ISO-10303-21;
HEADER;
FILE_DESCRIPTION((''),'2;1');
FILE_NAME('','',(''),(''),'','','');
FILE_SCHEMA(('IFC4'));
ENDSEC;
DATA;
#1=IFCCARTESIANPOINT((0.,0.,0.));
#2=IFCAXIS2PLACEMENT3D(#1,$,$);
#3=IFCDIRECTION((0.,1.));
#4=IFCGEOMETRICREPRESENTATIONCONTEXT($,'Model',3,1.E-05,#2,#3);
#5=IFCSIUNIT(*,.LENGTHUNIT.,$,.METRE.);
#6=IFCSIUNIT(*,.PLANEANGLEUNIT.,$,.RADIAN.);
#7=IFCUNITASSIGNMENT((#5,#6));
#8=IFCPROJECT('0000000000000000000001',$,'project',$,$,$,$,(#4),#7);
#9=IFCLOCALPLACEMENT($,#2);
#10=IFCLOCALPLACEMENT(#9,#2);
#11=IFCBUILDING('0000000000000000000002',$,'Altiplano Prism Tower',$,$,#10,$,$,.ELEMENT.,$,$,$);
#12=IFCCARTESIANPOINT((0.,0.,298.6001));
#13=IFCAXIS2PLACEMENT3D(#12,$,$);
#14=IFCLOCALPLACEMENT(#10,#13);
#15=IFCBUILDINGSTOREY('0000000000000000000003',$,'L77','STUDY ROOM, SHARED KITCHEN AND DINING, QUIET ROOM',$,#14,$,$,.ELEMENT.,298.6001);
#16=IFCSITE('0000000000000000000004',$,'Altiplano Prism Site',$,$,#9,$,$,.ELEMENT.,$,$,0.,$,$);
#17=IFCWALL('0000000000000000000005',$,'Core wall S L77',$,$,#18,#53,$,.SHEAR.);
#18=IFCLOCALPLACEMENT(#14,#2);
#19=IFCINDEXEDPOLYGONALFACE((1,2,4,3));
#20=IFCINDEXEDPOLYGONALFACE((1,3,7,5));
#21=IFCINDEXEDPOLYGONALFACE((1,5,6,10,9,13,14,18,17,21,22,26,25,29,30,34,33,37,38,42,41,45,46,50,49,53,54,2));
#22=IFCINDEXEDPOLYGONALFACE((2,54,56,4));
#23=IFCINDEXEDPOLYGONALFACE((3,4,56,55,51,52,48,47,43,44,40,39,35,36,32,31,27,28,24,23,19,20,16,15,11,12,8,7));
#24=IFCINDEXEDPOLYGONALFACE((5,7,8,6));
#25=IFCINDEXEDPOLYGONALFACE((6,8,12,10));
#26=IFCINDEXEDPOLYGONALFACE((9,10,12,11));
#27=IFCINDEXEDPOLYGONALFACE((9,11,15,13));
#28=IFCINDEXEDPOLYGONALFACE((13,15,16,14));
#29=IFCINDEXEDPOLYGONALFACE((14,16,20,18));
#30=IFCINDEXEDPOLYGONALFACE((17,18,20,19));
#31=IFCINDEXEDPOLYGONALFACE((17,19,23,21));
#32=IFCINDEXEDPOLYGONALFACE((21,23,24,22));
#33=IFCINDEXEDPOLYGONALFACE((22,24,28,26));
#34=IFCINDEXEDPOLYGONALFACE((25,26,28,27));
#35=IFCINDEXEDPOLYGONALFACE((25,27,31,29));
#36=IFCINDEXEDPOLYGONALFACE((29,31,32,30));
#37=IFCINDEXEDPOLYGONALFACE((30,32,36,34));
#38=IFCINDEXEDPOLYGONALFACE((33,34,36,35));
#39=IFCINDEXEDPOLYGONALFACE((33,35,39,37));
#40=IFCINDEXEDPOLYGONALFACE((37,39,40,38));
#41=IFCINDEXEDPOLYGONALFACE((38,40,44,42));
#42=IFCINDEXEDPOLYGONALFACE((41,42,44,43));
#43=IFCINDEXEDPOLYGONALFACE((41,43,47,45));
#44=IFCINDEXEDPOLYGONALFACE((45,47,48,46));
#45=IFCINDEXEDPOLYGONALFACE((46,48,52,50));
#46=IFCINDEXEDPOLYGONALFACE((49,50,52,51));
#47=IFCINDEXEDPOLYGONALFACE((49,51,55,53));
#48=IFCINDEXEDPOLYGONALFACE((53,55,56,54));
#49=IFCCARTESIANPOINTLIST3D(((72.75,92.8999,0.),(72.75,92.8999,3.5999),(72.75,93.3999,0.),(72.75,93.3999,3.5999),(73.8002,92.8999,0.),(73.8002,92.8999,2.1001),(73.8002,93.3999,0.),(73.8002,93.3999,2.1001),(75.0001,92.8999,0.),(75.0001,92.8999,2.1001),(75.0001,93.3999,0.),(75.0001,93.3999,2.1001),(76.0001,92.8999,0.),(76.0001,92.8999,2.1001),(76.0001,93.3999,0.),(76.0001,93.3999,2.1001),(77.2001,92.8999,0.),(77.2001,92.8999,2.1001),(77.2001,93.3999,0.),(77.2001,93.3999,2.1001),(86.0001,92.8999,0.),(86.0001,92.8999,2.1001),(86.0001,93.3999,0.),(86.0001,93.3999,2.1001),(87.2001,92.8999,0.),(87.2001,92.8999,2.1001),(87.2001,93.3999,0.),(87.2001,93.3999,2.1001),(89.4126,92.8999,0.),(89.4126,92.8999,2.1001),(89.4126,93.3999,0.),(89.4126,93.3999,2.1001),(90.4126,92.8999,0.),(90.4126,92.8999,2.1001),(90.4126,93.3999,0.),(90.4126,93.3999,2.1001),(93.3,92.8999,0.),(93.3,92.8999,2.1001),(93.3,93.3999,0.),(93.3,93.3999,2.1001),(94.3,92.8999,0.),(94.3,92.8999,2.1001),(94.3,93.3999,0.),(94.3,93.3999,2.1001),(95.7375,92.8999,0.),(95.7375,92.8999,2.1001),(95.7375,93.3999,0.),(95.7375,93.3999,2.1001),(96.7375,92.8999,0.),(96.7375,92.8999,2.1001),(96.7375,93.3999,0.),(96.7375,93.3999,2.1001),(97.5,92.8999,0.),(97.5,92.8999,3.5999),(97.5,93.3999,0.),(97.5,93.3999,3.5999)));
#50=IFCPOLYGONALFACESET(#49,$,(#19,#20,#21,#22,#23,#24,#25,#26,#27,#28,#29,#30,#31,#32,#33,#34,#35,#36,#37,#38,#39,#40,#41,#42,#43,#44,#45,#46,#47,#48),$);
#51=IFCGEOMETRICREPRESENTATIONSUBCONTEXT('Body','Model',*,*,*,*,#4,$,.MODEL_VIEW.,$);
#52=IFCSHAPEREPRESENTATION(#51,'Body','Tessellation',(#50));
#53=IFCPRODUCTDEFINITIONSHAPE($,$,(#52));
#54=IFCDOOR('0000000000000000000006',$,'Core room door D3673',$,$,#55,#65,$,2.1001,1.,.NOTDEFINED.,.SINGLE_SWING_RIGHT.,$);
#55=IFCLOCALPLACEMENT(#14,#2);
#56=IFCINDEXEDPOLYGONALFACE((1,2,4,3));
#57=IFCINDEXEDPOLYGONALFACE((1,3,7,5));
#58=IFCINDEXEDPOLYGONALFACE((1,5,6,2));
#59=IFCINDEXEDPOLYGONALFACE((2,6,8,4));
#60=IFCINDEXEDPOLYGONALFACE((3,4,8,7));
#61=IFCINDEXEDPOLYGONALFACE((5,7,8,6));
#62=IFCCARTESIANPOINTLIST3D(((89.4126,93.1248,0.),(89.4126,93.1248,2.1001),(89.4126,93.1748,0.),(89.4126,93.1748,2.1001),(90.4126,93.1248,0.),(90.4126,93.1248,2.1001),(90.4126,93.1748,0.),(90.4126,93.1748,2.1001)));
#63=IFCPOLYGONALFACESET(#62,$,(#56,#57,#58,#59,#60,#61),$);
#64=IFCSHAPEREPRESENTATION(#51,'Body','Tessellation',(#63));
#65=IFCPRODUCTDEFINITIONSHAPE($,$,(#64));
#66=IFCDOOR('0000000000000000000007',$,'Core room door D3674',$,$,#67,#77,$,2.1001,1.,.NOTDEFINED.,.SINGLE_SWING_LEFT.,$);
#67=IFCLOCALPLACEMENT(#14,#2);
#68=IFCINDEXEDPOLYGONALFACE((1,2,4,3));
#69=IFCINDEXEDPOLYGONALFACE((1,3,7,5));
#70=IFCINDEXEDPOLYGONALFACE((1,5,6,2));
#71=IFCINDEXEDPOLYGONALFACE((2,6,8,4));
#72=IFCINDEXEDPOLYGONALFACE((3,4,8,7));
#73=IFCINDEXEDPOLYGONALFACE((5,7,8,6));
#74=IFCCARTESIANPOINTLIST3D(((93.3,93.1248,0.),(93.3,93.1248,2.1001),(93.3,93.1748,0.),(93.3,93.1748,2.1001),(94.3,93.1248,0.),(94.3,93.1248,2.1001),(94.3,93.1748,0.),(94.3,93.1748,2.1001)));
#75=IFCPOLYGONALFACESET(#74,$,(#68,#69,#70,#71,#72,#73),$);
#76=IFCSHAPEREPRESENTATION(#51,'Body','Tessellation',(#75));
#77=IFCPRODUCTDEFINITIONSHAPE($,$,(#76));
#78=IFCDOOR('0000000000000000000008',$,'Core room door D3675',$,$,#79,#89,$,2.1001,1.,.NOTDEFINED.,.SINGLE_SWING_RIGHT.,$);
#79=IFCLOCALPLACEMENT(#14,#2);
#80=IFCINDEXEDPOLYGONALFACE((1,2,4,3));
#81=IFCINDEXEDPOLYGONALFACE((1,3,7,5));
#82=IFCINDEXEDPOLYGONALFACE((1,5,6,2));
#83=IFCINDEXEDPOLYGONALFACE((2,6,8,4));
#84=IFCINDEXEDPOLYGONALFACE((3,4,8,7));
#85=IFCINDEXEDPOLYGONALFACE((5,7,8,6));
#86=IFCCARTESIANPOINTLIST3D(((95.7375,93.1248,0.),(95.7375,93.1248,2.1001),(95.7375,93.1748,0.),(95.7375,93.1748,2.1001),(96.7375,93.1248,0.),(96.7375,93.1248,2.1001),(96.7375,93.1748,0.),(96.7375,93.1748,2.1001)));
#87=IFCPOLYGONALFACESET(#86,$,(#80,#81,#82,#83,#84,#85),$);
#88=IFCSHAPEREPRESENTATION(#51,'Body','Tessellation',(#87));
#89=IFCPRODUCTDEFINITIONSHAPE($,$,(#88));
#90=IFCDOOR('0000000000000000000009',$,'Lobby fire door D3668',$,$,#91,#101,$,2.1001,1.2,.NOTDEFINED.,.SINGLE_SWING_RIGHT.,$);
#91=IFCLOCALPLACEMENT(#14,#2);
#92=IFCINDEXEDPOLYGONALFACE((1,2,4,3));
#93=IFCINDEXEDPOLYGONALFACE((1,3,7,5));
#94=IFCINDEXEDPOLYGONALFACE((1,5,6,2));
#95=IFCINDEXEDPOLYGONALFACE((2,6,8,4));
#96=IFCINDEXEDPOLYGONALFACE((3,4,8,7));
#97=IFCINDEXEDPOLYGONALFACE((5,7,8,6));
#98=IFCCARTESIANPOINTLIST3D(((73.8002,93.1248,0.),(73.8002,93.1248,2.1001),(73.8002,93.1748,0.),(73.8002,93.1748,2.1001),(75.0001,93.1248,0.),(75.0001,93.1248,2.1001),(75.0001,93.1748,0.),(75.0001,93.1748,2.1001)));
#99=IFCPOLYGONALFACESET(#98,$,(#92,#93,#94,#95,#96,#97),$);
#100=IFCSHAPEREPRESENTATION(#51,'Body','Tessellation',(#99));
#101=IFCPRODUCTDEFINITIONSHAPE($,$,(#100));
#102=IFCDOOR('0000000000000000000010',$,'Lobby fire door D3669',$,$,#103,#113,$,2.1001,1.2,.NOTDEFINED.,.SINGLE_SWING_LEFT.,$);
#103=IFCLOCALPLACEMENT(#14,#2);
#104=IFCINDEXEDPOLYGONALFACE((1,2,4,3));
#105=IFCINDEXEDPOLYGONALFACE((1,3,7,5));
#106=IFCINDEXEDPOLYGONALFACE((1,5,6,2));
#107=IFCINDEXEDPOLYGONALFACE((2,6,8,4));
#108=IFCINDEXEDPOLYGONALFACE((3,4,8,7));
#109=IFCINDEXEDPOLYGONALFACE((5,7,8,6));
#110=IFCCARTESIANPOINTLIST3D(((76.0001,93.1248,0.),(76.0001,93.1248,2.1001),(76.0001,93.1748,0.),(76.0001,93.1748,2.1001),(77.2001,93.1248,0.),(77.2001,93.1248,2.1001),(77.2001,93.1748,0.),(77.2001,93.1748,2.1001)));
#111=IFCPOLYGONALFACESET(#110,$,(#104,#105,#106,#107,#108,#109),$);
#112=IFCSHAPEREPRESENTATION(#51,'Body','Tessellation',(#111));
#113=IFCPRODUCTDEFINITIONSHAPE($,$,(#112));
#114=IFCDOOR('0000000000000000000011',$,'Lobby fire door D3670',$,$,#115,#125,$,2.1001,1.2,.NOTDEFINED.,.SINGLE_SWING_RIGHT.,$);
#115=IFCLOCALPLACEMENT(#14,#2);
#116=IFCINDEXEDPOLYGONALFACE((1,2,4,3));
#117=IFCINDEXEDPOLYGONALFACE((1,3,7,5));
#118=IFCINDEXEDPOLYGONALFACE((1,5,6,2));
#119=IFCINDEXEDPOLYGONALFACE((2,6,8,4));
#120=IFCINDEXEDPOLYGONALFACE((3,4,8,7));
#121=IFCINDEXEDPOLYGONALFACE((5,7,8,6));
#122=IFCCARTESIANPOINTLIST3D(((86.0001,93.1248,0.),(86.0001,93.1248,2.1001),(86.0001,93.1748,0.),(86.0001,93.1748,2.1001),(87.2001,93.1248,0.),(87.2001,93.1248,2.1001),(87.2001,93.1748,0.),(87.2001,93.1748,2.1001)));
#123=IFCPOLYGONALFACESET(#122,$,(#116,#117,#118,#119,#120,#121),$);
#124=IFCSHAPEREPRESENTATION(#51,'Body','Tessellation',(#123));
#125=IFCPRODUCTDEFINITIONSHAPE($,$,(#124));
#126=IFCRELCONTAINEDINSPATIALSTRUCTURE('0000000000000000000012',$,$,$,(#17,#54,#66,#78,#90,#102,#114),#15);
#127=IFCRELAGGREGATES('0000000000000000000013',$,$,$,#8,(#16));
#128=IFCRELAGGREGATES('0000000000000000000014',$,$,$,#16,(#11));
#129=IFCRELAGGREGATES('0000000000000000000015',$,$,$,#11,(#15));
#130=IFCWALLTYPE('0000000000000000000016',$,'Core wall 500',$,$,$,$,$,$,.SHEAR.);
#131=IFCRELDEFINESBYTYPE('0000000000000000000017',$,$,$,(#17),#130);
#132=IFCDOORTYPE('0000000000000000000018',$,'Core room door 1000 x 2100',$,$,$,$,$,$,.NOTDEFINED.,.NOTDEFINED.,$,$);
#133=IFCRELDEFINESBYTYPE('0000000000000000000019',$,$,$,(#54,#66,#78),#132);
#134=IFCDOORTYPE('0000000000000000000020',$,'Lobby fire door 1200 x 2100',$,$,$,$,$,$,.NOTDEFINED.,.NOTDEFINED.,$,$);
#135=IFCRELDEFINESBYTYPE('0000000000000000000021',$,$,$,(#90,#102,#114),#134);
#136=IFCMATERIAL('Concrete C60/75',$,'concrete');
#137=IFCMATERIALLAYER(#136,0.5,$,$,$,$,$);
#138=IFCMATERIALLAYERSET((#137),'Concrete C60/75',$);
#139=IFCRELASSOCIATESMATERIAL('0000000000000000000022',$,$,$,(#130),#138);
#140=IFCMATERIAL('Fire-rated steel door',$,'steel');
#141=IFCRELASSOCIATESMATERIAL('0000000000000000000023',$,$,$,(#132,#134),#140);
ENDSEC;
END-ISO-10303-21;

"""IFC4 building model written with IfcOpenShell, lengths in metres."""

from ifc_helpers import new_model, si_unit, direction, frame, frame_2d, origin, place, context, subcontext, project, spatial, rectangle, extrude, material, layer, layer_set, type_object, element, fill, save


model = new_model("IFC4")

# Units and contexts
model_context = context("Model", 3, precision=1e-05, world=origin(), true_north=direction((0.0, 1.0)))
body_context = subcontext(model_context, "Body", "Model", "MODEL_VIEW")
ifc_project = project(units=[si_unit("LENGTHUNIT", "METRE"), si_unit("PLANEANGLEUNIT", "RADIAN")], contexts=[model_context])

# Site, building, storey
site_placement = place(None, origin())
site = spatial("IfcSite", under=ifc_project, at=site_placement, Name="Altiplano Prism Site", CompositionType="ELEMENT", RefElevation=0.0)
building_placement = place(site_placement, origin())
building = spatial("IfcBuilding", under=site, at=building_placement, Name="Altiplano Prism Tower", CompositionType="ELEMENT")
storey_placement = place(building_placement, frame((0.0, 0.0, 298.6001)))
storey = spatial("IfcBuildingStorey", under=building, at=storey_placement, Name="L77", Description="STUDY ROOM, SHARED KITCHEN AND DINING, QUIET ROOM", CompositionType="ELEMENT", Elevation=298.6001)

# Shared definitions
ifc_material_1 = material(Name="Concrete C60/75", Category="concrete")

# Wall, openings, doors
ifc_layer_1 = layer(ifc_material_1, 0.5)
ifc_layer_set_1 = layer_set([ifc_layer_1], Name="Concrete C60/75")
wall_type_1 = type_object("IfcWallType", Name="Core wall 500", PredefinedType="SHEAR", material=ifc_layer_set_1)
wall_1_placement = place(storey_placement, frame((72.75, 93.1499, 0.0), z_axis=(0.0, 0.0, 1.0), x_axis=(1.0, 0.0, 0.0)))
wall_1 = element("IfcWall", 1, at=wall_1_placement, inside=storey, type_object=wall_type_1, Name="Core wall S L77", PredefinedType="SHEAR", context=body_context, shape_type="SweptSolid", body=[
    extrude(rectangle(XDim=24.75, YDim=0.5, at=frame_2d((12.375, 0.0))), origin(), (0.0, 0.0, 1.0), 3.5999),
])
opening_1_placement = place(wall_1_placement, frame((1.05, 0.0, 0.0)))
opening_1 = element("IfcOpeningElement", 2, at=opening_1_placement, cuts=wall_1, PredefinedType="OPENING", context=body_context, shape_type="SweptSolid", body=[
    extrude(rectangle(XDim=1.2, YDim=2.1001, at=frame_2d((0.6001, 1.05))), frame((0.0, 0.2605, 0.0), z_axis=(0.0, -1.0, 0.0), x_axis=(1.0, 0.0, 0.0)), (0.0, 0.0, 1.0), 0.521),
])
opening_2_placement = place(wall_1_placement, frame((3.25, 0.0, 0.0)))
opening_2 = element("IfcOpeningElement", 3, at=opening_2_placement, cuts=wall_1, PredefinedType="OPENING", context=body_context, shape_type="SweptSolid", body=[
    extrude(rectangle(XDim=1.2, YDim=2.1001, at=frame_2d((0.6001, 1.05))), frame((0.0, 0.2605, 0.0), z_axis=(0.0, -1.0, 0.0), x_axis=(1.0, 0.0, 0.0)), (0.0, 0.0, 1.0), 0.521),
])
opening_3_placement = place(wall_1_placement, frame((13.25, 0.0, 0.0)))
opening_3 = element("IfcOpeningElement", 4, at=opening_3_placement, cuts=wall_1, PredefinedType="OPENING", context=body_context, shape_type="SweptSolid", body=[
    extrude(rectangle(XDim=1.2, YDim=2.1001, at=frame_2d((0.6001, 1.05))), frame((0.0, 0.2605, 0.0), z_axis=(0.0, -1.0, 0.0), x_axis=(1.0, 0.0, 0.0)), (0.0, 0.0, 1.0), 0.521),
])
opening_4_placement = place(wall_1_placement, frame((16.6626, 0.0, 0.0)))
opening_4 = element("IfcOpeningElement", 5, at=opening_4_placement, cuts=wall_1, PredefinedType="OPENING", context=body_context, shape_type="SweptSolid", body=[
    extrude(rectangle(XDim=1.0, YDim=2.1001, at=frame_2d((0.5, 1.05))), frame((0.0, 0.2605, 0.0), z_axis=(0.0, -1.0, 0.0), x_axis=(1.0, 0.0, 0.0)), (0.0, 0.0, 1.0), 0.521),
])
opening_5_placement = place(wall_1_placement, frame((20.55, 0.0, 0.0)))
opening_5 = element("IfcOpeningElement", 6, at=opening_5_placement, cuts=wall_1, PredefinedType="OPENING", context=body_context, shape_type="SweptSolid", body=[
    extrude(rectangle(XDim=1.0, YDim=2.1001, at=frame_2d((0.5, 1.05))), frame((0.0, 0.2605, 0.0), z_axis=(0.0, -1.0, 0.0), x_axis=(1.0, 0.0, 0.0)), (0.0, 0.0, 1.0), 0.521),
])
opening_6_placement = place(wall_1_placement, frame((22.9875, 0.0, 0.0)))
opening_6 = element("IfcOpeningElement", 7, at=opening_6_placement, cuts=wall_1, PredefinedType="OPENING", context=body_context, shape_type="SweptSolid", body=[
    extrude(rectangle(XDim=1.0, YDim=2.1001, at=frame_2d((0.5, 1.05))), frame((0.0, 0.2605, 0.0), z_axis=(0.0, -1.0, 0.0), x_axis=(1.0, 0.0, 0.0)), (0.0, 0.0, 1.0), 0.521),
])
ifc_material_2 = material(Name="Fire-rated steel door", Category="steel")
door_type_1 = type_object("IfcDoorType", Name="Core room door 1000 x 2100", OperationType="NOTDEFINED", PredefinedType="NOTDEFINED", material=ifc_material_2)
door_1_placement = place(opening_4_placement, origin())
door_1 = element("IfcDoor", 8, at=door_1_placement, inside=storey, type_object=door_type_1, Name="Core room door D3673", OperationType="SINGLE_SWING_RIGHT", OverallHeight=2.1001, OverallWidth=1.0, PredefinedType="NOTDEFINED", context=body_context, shape_type="SweptSolid", body=[
    extrude(rectangle(XDim=1.0, YDim=2.1001, at=frame_2d((0.5, 1.05))), frame((0.0, 0.0249, 0.0), z_axis=(0.0, -1.0, 0.0), x_axis=(1.0, 0.0, 0.0)), (0.0, 0.0, 1.0), 0.05),
])
fill(opening_4, door_1)
door_2_placement = place(opening_5_placement, origin())
door_2 = element("IfcDoor", 9, at=door_2_placement, inside=storey, type_object=door_type_1, Name="Core room door D3674", OperationType="SINGLE_SWING_LEFT", OverallHeight=2.1001, OverallWidth=1.0, PredefinedType="NOTDEFINED", context=body_context, shape_type="SweptSolid", body=[
    extrude(rectangle(XDim=1.0, YDim=2.1001, at=frame_2d((0.5, 1.05))), frame((0.0, 0.0249, 0.0), z_axis=(0.0, -1.0, 0.0), x_axis=(1.0, 0.0, 0.0)), (0.0, 0.0, 1.0), 0.05),
])
fill(opening_5, door_2)
door_3_placement = place(opening_6_placement, origin())
door_3 = element("IfcDoor", 10, at=door_3_placement, inside=storey, type_object=door_type_1, Name="Core room door D3675", OperationType="SINGLE_SWING_RIGHT", OverallHeight=2.1001, OverallWidth=1.0, PredefinedType="NOTDEFINED", context=body_context, shape_type="SweptSolid", body=[
    extrude(rectangle(XDim=1.0, YDim=2.1001, at=frame_2d((0.5, 1.05))), frame((0.0, 0.0249, 0.0), z_axis=(0.0, -1.0, 0.0), x_axis=(1.0, 0.0, 0.0)), (0.0, 0.0, 1.0), 0.05),
])
fill(opening_6, door_3)
door_type_2 = type_object("IfcDoorType", Name="Lobby fire door 1200 x 2100", OperationType="NOTDEFINED", PredefinedType="NOTDEFINED", material=ifc_material_2)
door_4_placement = place(opening_1_placement, origin())
door_4 = element("IfcDoor", 11, at=door_4_placement, inside=storey, type_object=door_type_2, Name="Lobby fire door D3668", OperationType="SINGLE_SWING_RIGHT", OverallHeight=2.1001, OverallWidth=1.2, PredefinedType="NOTDEFINED", context=body_context, shape_type="SweptSolid", body=[
    extrude(rectangle(XDim=1.2, YDim=2.1001, at=frame_2d((0.6001, 1.05))), frame((0.0, 0.0249, 0.0), z_axis=(0.0, -1.0, 0.0), x_axis=(1.0, 0.0, 0.0)), (0.0, 0.0, 1.0), 0.05),
])
fill(opening_1, door_4)
door_5_placement = place(opening_2_placement, origin())
door_5 = element("IfcDoor", 12, at=door_5_placement, inside=storey, type_object=door_type_2, Name="Lobby fire door D3669", OperationType="SINGLE_SWING_LEFT", OverallHeight=2.1001, OverallWidth=1.2, PredefinedType="NOTDEFINED", context=body_context, shape_type="SweptSolid", body=[
    extrude(rectangle(XDim=1.2, YDim=2.1001, at=frame_2d((0.6001, 1.05))), frame((0.0, 0.0249, 0.0), z_axis=(0.0, -1.0, 0.0), x_axis=(1.0, 0.0, 0.0)), (0.0, 0.0, 1.0), 0.05),
])
fill(opening_2, door_5)
door_6_placement = place(opening_3_placement, origin())
door_6 = element("IfcDoor", 13, at=door_6_placement, inside=storey, type_object=door_type_2, Name="Lobby fire door D3670", OperationType="SINGLE_SWING_RIGHT", OverallHeight=2.1001, OverallWidth=1.2, PredefinedType="NOTDEFINED", context=body_context, shape_type="SweptSolid", body=[
    extrude(rectangle(XDim=1.2, YDim=2.1001, at=frame_2d((0.6001, 1.05))), frame((0.0, 0.0249, 0.0), z_axis=(0.0, -1.0, 0.0), x_axis=(1.0, 0.0, 0.0)), (0.0, 0.0, 1.0), 0.05),
])
fill(opening_3, door_6)

save(model, "model.ifc")
